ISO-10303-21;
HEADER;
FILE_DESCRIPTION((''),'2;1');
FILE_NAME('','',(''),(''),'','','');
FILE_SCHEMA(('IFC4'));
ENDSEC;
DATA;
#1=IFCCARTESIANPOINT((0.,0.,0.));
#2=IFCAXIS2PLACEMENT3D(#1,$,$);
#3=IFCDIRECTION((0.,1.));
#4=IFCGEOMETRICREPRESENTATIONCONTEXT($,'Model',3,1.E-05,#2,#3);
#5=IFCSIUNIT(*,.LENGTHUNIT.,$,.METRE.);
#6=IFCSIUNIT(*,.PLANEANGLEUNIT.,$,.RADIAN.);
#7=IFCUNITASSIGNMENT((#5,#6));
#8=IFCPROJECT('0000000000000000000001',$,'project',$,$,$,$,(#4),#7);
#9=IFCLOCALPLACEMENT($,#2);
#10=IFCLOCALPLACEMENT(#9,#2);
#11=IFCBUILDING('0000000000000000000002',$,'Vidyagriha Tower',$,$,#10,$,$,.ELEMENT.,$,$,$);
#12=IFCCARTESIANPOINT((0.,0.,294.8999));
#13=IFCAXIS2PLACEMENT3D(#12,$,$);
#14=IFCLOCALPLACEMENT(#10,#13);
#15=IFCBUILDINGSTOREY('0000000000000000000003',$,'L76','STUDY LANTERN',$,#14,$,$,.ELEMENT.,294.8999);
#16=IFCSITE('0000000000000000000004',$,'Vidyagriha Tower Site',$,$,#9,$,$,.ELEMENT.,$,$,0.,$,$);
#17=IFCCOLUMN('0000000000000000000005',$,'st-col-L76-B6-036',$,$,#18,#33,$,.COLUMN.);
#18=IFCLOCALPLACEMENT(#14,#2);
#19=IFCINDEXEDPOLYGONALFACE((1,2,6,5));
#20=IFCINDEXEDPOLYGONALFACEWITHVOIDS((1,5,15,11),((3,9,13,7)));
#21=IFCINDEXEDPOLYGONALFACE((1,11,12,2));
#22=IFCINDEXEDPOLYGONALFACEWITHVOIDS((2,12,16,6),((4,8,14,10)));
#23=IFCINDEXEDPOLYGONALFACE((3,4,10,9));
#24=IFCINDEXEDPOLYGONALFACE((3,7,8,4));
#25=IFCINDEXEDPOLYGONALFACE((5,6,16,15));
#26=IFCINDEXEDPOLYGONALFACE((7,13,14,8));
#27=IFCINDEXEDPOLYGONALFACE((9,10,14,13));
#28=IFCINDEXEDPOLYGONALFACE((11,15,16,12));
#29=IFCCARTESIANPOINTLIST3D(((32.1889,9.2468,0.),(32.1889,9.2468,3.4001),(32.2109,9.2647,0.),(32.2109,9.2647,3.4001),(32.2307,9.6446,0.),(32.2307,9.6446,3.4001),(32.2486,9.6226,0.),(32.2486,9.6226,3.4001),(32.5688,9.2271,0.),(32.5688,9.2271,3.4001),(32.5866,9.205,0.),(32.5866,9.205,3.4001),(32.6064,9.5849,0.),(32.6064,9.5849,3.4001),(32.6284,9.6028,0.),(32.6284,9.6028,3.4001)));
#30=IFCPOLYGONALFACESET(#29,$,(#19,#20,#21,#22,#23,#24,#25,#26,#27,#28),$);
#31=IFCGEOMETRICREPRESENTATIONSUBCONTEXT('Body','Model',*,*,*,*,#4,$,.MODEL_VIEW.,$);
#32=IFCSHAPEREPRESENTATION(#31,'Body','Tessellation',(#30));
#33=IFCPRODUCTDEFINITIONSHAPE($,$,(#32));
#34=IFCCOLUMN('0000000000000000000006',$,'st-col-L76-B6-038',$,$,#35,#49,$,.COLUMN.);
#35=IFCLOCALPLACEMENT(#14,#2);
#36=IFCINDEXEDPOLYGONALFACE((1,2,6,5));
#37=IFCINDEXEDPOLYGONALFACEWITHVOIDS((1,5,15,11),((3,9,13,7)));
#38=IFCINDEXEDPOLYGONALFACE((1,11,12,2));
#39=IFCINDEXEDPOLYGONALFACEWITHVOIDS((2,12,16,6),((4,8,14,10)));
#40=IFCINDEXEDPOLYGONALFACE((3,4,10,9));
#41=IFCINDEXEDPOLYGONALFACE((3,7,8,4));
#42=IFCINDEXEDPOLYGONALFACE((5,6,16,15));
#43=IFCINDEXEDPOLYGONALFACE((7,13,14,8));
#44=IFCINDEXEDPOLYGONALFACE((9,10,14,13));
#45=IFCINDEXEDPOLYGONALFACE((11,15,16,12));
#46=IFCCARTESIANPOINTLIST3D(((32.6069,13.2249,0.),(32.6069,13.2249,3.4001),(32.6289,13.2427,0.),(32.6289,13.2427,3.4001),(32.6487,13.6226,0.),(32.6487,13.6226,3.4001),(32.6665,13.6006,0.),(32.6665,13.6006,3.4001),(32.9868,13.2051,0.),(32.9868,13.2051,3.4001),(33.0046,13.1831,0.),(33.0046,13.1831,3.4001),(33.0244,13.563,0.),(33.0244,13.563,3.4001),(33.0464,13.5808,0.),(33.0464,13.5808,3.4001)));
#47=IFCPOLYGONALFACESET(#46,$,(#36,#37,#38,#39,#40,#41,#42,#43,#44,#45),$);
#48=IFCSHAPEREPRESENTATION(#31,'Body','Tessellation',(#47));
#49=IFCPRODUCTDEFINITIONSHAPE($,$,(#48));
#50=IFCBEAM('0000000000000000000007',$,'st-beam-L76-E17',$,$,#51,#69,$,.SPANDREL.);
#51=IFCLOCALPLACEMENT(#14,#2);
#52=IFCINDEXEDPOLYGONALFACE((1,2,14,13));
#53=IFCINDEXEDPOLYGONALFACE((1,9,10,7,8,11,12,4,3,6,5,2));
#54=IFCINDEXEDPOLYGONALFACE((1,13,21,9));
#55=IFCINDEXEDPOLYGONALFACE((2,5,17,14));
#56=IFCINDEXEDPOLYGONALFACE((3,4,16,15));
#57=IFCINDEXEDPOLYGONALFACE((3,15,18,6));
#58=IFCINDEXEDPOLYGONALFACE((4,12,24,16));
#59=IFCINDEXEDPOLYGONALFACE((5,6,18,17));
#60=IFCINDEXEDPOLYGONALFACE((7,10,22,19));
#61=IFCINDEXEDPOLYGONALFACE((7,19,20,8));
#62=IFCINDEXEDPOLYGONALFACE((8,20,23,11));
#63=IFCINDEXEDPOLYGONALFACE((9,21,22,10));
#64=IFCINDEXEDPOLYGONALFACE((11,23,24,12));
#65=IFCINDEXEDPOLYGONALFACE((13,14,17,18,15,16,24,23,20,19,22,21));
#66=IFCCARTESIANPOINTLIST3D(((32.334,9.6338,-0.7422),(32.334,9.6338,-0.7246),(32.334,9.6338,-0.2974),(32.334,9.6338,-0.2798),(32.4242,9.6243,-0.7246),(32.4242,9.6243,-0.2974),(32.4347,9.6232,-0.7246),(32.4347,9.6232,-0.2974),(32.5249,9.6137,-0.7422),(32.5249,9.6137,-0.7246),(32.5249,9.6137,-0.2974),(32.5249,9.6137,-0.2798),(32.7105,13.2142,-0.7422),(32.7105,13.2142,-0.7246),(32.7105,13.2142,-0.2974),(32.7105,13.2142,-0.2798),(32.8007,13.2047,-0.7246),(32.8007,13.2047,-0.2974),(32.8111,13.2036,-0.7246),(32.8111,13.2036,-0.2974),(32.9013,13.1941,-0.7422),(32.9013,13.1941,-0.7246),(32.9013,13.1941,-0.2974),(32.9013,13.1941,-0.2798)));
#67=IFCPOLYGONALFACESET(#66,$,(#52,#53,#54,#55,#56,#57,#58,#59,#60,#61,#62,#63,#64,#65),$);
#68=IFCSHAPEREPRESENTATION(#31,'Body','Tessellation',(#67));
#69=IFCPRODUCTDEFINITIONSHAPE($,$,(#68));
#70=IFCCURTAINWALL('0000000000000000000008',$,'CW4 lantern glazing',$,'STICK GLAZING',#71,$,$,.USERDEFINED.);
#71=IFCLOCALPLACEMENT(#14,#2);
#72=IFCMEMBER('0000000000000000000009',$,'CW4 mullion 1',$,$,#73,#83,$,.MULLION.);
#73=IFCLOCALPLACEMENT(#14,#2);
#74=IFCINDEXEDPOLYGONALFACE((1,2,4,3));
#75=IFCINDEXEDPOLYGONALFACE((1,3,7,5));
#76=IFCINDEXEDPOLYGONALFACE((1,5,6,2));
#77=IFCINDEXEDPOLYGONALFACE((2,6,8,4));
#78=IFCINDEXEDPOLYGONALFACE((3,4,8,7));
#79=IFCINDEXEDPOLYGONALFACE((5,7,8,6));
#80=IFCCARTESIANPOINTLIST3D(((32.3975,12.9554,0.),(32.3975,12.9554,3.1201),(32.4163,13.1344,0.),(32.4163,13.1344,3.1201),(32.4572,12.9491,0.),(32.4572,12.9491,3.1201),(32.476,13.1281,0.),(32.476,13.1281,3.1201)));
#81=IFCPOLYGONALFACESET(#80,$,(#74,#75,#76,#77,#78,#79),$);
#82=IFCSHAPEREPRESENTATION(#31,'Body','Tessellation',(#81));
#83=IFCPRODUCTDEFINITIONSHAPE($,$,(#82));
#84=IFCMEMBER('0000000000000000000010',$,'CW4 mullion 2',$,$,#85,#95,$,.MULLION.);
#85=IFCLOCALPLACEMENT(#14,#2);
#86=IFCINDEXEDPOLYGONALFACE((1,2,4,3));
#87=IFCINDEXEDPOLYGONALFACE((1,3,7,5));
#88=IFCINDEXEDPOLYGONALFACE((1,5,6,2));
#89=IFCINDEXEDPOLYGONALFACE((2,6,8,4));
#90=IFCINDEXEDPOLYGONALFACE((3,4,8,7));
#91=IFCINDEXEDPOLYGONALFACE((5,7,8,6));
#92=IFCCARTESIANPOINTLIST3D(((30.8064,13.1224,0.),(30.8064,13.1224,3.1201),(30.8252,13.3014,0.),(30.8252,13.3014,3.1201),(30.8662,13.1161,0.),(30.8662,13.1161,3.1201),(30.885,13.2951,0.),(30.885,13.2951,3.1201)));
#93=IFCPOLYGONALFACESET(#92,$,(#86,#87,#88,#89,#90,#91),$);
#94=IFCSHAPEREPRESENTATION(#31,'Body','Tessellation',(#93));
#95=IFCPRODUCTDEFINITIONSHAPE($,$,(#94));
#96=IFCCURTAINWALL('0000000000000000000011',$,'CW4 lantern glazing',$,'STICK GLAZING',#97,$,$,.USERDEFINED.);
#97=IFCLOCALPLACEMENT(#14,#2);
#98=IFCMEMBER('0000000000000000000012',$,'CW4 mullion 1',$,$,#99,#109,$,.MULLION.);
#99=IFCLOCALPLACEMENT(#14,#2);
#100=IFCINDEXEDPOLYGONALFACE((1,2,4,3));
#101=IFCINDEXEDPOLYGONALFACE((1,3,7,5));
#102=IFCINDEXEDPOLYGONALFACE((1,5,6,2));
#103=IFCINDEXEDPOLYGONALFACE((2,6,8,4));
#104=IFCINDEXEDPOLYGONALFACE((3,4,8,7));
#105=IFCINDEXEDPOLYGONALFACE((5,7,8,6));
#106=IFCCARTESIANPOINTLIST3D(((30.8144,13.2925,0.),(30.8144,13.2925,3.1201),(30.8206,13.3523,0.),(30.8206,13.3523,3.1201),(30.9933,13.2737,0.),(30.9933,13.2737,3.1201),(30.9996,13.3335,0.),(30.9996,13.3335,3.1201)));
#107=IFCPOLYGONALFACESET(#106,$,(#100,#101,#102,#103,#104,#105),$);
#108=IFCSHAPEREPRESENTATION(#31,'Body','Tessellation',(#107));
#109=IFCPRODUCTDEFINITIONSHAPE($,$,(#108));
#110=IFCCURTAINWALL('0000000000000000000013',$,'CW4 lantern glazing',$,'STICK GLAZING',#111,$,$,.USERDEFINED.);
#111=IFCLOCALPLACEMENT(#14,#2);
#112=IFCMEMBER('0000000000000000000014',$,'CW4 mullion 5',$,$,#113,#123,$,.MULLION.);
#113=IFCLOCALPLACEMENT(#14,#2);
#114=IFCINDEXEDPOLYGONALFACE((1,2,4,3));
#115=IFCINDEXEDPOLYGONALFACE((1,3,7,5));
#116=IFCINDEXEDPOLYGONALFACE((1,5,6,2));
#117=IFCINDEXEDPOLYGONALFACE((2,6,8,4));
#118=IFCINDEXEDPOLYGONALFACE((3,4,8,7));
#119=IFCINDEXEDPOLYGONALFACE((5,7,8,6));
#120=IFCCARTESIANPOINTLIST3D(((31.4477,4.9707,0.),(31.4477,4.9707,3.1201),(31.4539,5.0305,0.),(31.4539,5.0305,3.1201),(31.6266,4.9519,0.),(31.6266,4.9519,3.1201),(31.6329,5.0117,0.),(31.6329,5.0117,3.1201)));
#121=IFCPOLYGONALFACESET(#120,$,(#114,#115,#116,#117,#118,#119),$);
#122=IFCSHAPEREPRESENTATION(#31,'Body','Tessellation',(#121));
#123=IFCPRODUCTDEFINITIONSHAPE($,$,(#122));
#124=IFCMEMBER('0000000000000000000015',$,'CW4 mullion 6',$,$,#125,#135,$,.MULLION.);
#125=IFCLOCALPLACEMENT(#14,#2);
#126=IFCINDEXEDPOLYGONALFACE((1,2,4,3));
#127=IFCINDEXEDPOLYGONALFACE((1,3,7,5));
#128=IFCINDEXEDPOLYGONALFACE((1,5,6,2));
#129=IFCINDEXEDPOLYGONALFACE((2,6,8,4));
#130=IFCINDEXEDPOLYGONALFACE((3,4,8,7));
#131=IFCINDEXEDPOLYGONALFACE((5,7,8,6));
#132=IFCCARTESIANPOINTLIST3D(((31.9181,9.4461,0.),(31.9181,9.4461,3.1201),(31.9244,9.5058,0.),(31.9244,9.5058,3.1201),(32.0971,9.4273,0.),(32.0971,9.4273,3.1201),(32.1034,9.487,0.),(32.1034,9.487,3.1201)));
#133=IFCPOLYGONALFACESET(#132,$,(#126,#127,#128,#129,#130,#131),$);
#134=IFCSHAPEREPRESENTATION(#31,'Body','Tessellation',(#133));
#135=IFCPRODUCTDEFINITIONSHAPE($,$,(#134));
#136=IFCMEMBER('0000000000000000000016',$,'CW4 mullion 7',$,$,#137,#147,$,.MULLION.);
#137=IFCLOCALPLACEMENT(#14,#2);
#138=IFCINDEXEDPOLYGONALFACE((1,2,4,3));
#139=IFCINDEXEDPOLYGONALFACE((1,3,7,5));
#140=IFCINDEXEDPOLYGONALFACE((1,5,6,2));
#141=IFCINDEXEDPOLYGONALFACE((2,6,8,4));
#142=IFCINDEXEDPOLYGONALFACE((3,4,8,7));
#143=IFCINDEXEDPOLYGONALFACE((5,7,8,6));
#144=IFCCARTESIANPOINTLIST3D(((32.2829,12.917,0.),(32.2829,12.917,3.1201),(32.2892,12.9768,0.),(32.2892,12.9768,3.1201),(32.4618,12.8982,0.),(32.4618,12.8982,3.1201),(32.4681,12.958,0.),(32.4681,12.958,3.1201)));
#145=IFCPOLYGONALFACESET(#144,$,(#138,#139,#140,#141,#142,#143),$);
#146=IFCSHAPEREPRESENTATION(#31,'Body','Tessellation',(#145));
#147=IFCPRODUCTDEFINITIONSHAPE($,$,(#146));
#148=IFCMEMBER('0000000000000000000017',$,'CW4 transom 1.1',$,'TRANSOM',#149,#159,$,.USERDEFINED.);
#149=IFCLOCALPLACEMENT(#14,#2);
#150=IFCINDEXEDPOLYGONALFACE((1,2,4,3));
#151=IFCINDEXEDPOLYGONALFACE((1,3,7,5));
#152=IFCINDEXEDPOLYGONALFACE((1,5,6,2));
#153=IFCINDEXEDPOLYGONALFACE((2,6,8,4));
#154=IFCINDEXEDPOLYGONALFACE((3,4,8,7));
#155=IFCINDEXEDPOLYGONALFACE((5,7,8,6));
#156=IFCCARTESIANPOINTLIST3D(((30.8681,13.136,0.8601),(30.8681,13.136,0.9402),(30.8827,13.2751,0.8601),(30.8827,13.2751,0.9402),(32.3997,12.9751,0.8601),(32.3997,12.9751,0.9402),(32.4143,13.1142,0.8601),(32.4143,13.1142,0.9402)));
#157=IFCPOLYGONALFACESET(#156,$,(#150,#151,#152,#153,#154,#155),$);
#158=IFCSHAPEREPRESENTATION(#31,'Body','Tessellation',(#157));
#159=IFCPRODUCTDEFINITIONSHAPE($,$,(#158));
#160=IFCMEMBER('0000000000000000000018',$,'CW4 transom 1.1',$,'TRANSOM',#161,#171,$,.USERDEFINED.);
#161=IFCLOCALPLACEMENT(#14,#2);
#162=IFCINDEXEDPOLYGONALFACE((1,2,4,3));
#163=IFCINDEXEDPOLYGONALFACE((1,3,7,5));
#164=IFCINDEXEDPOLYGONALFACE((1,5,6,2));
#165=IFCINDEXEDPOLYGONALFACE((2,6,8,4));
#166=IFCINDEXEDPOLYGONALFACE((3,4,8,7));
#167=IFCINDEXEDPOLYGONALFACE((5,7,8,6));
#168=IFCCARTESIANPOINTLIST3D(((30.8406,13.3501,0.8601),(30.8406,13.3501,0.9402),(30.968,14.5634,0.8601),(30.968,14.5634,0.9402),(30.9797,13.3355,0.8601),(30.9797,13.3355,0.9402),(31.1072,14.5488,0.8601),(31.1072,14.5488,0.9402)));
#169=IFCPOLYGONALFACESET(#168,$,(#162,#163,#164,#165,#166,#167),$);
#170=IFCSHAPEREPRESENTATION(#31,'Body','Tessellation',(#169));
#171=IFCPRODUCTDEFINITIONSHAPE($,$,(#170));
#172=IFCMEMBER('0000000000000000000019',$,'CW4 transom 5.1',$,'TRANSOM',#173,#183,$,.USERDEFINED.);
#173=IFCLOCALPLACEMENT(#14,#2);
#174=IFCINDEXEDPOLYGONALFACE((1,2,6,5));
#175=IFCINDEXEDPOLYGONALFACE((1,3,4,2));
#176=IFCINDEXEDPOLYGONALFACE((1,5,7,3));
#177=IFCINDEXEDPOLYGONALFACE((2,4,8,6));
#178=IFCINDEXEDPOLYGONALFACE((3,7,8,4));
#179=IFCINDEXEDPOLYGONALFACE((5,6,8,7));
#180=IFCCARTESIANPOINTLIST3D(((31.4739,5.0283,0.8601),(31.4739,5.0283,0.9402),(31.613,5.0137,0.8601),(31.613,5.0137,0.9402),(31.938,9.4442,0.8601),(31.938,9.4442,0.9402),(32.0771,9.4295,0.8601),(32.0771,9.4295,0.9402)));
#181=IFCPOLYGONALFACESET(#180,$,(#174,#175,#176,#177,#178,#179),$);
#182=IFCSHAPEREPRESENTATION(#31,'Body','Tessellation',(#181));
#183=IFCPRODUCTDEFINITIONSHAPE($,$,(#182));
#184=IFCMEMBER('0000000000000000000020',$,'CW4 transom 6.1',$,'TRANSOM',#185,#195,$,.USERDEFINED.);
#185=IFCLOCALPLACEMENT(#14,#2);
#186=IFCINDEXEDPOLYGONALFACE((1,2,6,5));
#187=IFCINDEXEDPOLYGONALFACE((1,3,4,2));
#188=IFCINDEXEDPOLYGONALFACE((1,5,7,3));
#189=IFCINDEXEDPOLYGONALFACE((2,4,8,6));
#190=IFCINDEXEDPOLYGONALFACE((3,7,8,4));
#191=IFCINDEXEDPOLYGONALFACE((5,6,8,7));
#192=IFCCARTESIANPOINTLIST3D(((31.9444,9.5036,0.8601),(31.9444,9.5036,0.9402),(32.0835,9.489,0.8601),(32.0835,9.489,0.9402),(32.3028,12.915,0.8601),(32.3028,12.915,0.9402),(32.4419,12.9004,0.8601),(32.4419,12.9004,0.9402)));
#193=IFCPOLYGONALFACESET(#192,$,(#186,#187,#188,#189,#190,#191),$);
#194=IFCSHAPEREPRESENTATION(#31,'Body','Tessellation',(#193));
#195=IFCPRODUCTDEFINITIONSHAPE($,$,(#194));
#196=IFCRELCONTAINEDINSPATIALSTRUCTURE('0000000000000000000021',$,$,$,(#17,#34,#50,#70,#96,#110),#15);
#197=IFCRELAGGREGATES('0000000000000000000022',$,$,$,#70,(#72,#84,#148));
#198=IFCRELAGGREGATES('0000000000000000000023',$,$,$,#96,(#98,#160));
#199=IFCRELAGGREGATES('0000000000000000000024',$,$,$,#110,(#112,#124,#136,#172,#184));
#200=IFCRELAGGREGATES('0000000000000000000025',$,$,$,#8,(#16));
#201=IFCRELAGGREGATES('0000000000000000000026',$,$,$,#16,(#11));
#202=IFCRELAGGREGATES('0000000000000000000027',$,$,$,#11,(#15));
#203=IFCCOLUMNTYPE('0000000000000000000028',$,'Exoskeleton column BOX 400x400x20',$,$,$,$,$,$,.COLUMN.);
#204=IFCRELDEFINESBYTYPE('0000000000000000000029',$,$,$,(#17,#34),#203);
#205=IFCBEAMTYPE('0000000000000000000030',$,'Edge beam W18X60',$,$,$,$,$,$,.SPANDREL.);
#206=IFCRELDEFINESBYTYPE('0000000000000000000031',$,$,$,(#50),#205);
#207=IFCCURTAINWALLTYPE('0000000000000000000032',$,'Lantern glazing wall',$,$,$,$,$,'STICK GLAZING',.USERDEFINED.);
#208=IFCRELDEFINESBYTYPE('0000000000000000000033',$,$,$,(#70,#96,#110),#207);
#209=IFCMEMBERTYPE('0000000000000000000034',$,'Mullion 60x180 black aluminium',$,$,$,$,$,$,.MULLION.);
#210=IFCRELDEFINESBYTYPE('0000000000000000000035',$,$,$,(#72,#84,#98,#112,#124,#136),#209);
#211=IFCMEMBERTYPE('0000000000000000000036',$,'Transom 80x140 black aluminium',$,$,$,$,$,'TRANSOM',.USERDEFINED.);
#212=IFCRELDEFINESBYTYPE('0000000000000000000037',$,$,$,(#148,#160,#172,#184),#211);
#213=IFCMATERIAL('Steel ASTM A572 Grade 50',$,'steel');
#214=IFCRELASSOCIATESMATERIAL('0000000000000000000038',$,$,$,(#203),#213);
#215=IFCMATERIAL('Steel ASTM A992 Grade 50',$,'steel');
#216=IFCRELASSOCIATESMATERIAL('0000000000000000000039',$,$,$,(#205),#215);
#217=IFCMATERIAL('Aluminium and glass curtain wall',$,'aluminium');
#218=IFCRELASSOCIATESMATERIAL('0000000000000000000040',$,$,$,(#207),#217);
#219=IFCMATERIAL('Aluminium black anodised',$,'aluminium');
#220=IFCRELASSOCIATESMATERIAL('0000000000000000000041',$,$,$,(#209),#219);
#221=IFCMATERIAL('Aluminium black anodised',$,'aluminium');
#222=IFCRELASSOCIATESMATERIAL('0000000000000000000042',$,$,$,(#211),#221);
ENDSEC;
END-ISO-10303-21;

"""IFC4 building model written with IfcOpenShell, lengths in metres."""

from ifc_helpers import new_model, si_unit, direction, frame, origin, origin_2d, place, context, subcontext, project, spatial, rectangle, hollow_rectangle, i_section, extrude, material, material_profile, profile_set, type_object, element, aggregate, save


model = new_model("IFC4")

# Units and contexts
model_context = context("Model", 3, precision=1e-05, world=origin(), true_north=direction((0.0, 1.0)))
body_context = subcontext(model_context, "Body", "Model", "MODEL_VIEW")
ifc_project = project(units=[si_unit("LENGTHUNIT", "METRE"), si_unit("PLANEANGLEUNIT", "RADIAN")], contexts=[model_context])

# Site, building, storey
site_placement = place(None, origin())
site = spatial("IfcSite", under=ifc_project, at=site_placement, Name="Vidyagriha Tower Site", CompositionType="ELEMENT", RefElevation=0.0)
building_placement = place(site_placement, origin())
building = spatial("IfcBuilding", under=site, at=building_placement, Name="Vidyagriha Tower", CompositionType="ELEMENT")
storey_placement = place(building_placement, frame((0.0, 0.0, 294.8999)))
storey = spatial("IfcBuildingStorey", under=building, at=storey_placement, Name="L76", Description="STUDY LANTERN", CompositionType="ELEMENT", Elevation=294.8999)

# Columns
ifc_material_1 = material(Name="Steel ASTM A572 Grade 50", Category="steel")
ifc_material_profile_1 = material_profile(ifc_material_1, hollow_rectangle(XDim=0.3999, YDim=0.3999, WallThickness=0.02, at=origin_2d()), Name="BOX 400x400x20")
ifc_profile_set_1 = profile_set([ifc_material_profile_1], Name="Steel ASTM A572 Grade 50")
column_type = type_object("IfcColumnType", Name="Exoskeleton column BOX 400x400x20", PredefinedType="COLUMN", material=ifc_profile_set_1)
for number, where, z_axis, x_axis, name in (
    (1, (32.4087, 9.4248, 0.0), (0.0, 0.0, 1.0), (0.994522, -0.104528, 0.0), "st-col-L76-B6-036"),
    (2, (32.8267, 13.4028, 0.0), (0.0, 0.0, 1.0), (0.994522, -0.104528, 0.0), "st-col-L76-B6-038"),
):
    element("IfcColumn", number, at=place(storey_placement, frame(where, z_axis=z_axis, x_axis=x_axis)), inside=storey, type_object=column_type, Name=name, PredefinedType="COLUMN", context=body_context, shape_type="SweptSolid", body=[
        extrude(hollow_rectangle(XDim=0.3999, YDim=0.3999, WallThickness=0.02, at=origin_2d()), origin(), (0.0, 0.0, 1.0), 3.4001),
    ])

# Beam
ifc_material_2 = material(Name="Steel ASTM A992 Grade 50", Category="steel")
ifc_material_profile_2 = material_profile(ifc_material_2, i_section(OverallWidth=0.1919, OverallDepth=0.4624, WebThickness=0.0105, FlangeThickness=0.0176, at=origin_2d()), Name="W18X60")
ifc_profile_set_2 = profile_set([ifc_material_profile_2], Name="Steel ASTM A992 Grade 50")
beam_type = type_object("IfcBeamType", Name="Edge beam W18X60", PredefinedType="SPANDREL", material=ifc_profile_set_2)
beam_placement = place(storey_placement, frame((32.4294, 9.6238, -0.511), z_axis=(0.104572, 0.994517, 0.0), x_axis=(-0.994517, 0.104572, 0.0)))
element("IfcBeam", 3, at=beam_placement, inside=storey, type_object=beam_type, Name="st-beam-L76-E17", PredefinedType="SPANDREL", context=body_context, shape_type="SweptSolid", body=[
    extrude(i_section(OverallWidth=0.1919, OverallDepth=0.4624, WebThickness=0.0105, FlangeThickness=0.0176, at=origin_2d()), origin(), (0.0, 0.0, 1.0), 3.6001),
])

# Curtain wall, members
ifc_material_3 = material(Name="Aluminium and glass curtain wall", Category="aluminium")
curtain_wall_type = type_object("IfcCurtainWallType", Name="Lantern glazing wall", ElementType="STICK GLAZING", PredefinedType="USERDEFINED", material=ifc_material_3)
curtain_wall_1_placement = place(storey_placement, origin())
curtain_wall_1 = element("IfcCurtainWall", 4, at=curtain_wall_1_placement, inside=storey, type_object=curtain_wall_type, Name="CW4 lantern glazing", ObjectType="STICK GLAZING", PredefinedType="USERDEFINED")
ifc_material_4 = material(Name="Aluminium black anodised", Category="aluminium")
ifc_material_profile_3 = material_profile(ifc_material_4, rectangle(XDim=0.1799, YDim=0.0601, at=origin_2d()), Name="Mullion 60x180 black aluminium")
ifc_profile_set_3 = profile_set([ifc_material_profile_3], Name="Aluminium black anodised")
member_type_1 = type_object("IfcMemberType", Name="Mullion 60x180 black aluminium", PredefinedType="MULLION", material=ifc_profile_set_3)
member_1_placement = place(storey_placement, frame((32.4368, 13.0417, 0.0), z_axis=(0.0, 0.0, 1.0), x_axis=(-0.104465, -0.994529, 0.0)))
member_1 = element("IfcMember", 5, at=member_1_placement, type_object=member_type_1, Name="CW4 mullion 1", PredefinedType="MULLION", context=body_context, shape_type="SweptSolid", body=[
    extrude(rectangle(XDim=0.1799, YDim=0.0601, at=origin_2d()), origin(), (0.0, 0.0, 1.0), 3.1201),
])
member_2_placement = place(storey_placement, frame((30.8457, 13.2087, 0.0), z_axis=(0.0, 0.0, 1.0), x_axis=(-0.104465, -0.994529, 0.0)))
member_2 = element("IfcMember", 6, at=member_2_placement, type_object=member_type_1, Name="CW4 mullion 2", PredefinedType="MULLION", context=body_context, shape_type="SweptSolid", body=[
    extrude(rectangle(XDim=0.1799, YDim=0.0601, at=origin_2d()), origin(), (0.0, 0.0, 1.0), 3.1201),
])

# Curtain wall, member
curtain_wall_2_placement = place(storey_placement, origin())
curtain_wall_2 = element("IfcCurtainWall", 7, at=curtain_wall_2_placement, inside=storey, type_object=curtain_wall_type, Name="CW4 lantern glazing", ObjectType="STICK GLAZING", PredefinedType="USERDEFINED")
member_3_placement = place(storey_placement, frame((30.907, 13.313, 0.0), z_axis=(0.0, 0.0, 1.0), x_axis=(-0.994528, 0.104475, 0.0)))
member_3 = element("IfcMember", 8, at=member_3_placement, type_object=member_type_1, Name="CW4 mullion 1", PredefinedType="MULLION", context=body_context, shape_type="SweptSolid", body=[
    extrude(rectangle(XDim=0.1799, YDim=0.0601, at=origin_2d()), origin(), (0.0, 0.0, 1.0), 3.1201),
])

# Curtain wall, members
curtain_wall_3_placement = place(storey_placement, origin())
curtain_wall_3 = element("IfcCurtainWall", 9, at=curtain_wall_3_placement, inside=storey, type_object=curtain_wall_type, Name="CW4 lantern glazing", ObjectType="STICK GLAZING", PredefinedType="USERDEFINED")
member_4_placement = place(storey_placement, frame((31.5403, 4.9912, 0.0), z_axis=(0.0, 0.0, 1.0), x_axis=(-0.994522, 0.104527, 0.0)))
member_4 = element("IfcMember", 10, at=member_4_placement, type_object=member_type_1, Name="CW4 mullion 5", PredefinedType="MULLION", context=body_context, shape_type="SweptSolid", body=[
    extrude(rectangle(XDim=0.1799, YDim=0.0601, at=origin_2d()), origin(), (0.0, 0.0, 1.0), 3.1201),
])
member_5_placement = place(storey_placement, frame((32.0107, 9.4666, 0.0), z_axis=(0.0, 0.0, 1.0), x_axis=(-0.994522, 0.104527, 0.0)))
member_5 = element("IfcMember", 11, at=member_5_placement, type_object=member_type_1, Name="CW4 mullion 6", PredefinedType="MULLION", context=body_context, shape_type="SweptSolid", body=[
    extrude(rectangle(XDim=0.1799, YDim=0.0601, at=origin_2d()), origin(), (0.0, 0.0, 1.0), 3.1201),
])
member_6_placement = place(storey_placement, frame((32.3755, 12.9375, 0.0), z_axis=(0.0, 0.0, 1.0), x_axis=(-0.994522, 0.104527, 0.0)))
member_6 = element("IfcMember", 12, at=member_6_placement, type_object=member_type_1, Name="CW4 mullion 7", PredefinedType="MULLION", context=body_context, shape_type="SweptSolid", body=[
    extrude(rectangle(XDim=0.1799, YDim=0.0601, at=origin_2d()), origin(), (0.0, 0.0, 1.0), 3.1201),
])

# Members
ifc_material_5 = material(Name="Aluminium black anodised", Category="aluminium")
ifc_material_profile_4 = material_profile(ifc_material_5, rectangle(XDim=0.1399, YDim=0.0801, at=origin_2d()), Name="Transom 80x140 black aluminium")
ifc_profile_set_4 = profile_set([ifc_material_profile_4], Name="Aluminium black anodised")
member_type_2 = type_object("IfcMemberType", Name="Transom 80x140 black aluminium", ElementType="TRANSOM", PredefinedType="USERDEFINED", material=ifc_profile_set_4)
member_7_placement = place(storey_placement, frame((32.407, 13.0447, 0.9001), z_axis=(-0.994527, 0.104478, 0.0), x_axis=(-0.104478, -0.994527, 0.0)))
member_7 = element("IfcMember", 13, at=member_7_placement, type_object=member_type_2, Name="CW4 transom 1.1", ObjectType="TRANSOM", PredefinedType="USERDEFINED", context=body_context, shape_type="SweptSolid", body=[
    extrude(rectangle(XDim=0.1399, YDim=0.0801, at=origin_2d()), origin(), (0.0, 0.0, 1.0), 1.54),
])
member_8_placement = place(storey_placement, frame((30.9102, 13.3428, 0.9001), z_axis=(0.104456, 0.99453, 0.0), x_axis=(-0.99453, 0.104456, 0.0)))
member_8 = element("IfcMember", 14, at=member_8_placement, type_object=member_type_2, Name="CW4 transom 1.1", ObjectType="TRANSOM", PredefinedType="USERDEFINED", context=body_context, shape_type="SweptSolid", body=[
    extrude(rectangle(XDim=0.1399, YDim=0.0801, at=origin_2d()), origin(), (0.0, 0.0, 1.0), 1.22),
])
member_9_placement = place(storey_placement, frame((31.5435, 5.021, 0.9001), z_axis=(0.104527, 0.994522, 0.0), x_axis=(-0.994522, 0.104527, 0.0)))
member_9 = element("IfcMember", 15, at=member_9_placement, type_object=member_type_2, Name="CW4 transom 5.1", ObjectType="TRANSOM", PredefinedType="USERDEFINED", context=body_context, shape_type="SweptSolid", body=[
    extrude(rectangle(XDim=0.1399, YDim=0.0801, at=origin_2d()), origin(), (0.0, 0.0, 1.0), 4.4402),
])
member_10_placement = place(storey_placement, frame((32.0139, 9.4963, 0.9001), z_axis=(0.104485, 0.994526, 0.0), x_axis=(-0.994526, 0.104485, 0.0)))
member_10 = element("IfcMember", 16, at=member_10_placement, type_object=member_type_2, Name="CW4 transom 6.1", ObjectType="TRANSOM", PredefinedType="USERDEFINED", context=body_context, shape_type="SweptSolid", body=[
    extrude(rectangle(XDim=0.1399, YDim=0.0801, at=origin_2d()), origin(), (0.0, 0.0, 1.0), 3.4302),
])

aggregate(curtain_wall_1, [member_1, member_2, member_7])
aggregate(curtain_wall_2, [member_3, member_8])
aggregate(curtain_wall_3, [member_4, member_5, member_6, member_9, member_10])

save(model, "model.ifc")
